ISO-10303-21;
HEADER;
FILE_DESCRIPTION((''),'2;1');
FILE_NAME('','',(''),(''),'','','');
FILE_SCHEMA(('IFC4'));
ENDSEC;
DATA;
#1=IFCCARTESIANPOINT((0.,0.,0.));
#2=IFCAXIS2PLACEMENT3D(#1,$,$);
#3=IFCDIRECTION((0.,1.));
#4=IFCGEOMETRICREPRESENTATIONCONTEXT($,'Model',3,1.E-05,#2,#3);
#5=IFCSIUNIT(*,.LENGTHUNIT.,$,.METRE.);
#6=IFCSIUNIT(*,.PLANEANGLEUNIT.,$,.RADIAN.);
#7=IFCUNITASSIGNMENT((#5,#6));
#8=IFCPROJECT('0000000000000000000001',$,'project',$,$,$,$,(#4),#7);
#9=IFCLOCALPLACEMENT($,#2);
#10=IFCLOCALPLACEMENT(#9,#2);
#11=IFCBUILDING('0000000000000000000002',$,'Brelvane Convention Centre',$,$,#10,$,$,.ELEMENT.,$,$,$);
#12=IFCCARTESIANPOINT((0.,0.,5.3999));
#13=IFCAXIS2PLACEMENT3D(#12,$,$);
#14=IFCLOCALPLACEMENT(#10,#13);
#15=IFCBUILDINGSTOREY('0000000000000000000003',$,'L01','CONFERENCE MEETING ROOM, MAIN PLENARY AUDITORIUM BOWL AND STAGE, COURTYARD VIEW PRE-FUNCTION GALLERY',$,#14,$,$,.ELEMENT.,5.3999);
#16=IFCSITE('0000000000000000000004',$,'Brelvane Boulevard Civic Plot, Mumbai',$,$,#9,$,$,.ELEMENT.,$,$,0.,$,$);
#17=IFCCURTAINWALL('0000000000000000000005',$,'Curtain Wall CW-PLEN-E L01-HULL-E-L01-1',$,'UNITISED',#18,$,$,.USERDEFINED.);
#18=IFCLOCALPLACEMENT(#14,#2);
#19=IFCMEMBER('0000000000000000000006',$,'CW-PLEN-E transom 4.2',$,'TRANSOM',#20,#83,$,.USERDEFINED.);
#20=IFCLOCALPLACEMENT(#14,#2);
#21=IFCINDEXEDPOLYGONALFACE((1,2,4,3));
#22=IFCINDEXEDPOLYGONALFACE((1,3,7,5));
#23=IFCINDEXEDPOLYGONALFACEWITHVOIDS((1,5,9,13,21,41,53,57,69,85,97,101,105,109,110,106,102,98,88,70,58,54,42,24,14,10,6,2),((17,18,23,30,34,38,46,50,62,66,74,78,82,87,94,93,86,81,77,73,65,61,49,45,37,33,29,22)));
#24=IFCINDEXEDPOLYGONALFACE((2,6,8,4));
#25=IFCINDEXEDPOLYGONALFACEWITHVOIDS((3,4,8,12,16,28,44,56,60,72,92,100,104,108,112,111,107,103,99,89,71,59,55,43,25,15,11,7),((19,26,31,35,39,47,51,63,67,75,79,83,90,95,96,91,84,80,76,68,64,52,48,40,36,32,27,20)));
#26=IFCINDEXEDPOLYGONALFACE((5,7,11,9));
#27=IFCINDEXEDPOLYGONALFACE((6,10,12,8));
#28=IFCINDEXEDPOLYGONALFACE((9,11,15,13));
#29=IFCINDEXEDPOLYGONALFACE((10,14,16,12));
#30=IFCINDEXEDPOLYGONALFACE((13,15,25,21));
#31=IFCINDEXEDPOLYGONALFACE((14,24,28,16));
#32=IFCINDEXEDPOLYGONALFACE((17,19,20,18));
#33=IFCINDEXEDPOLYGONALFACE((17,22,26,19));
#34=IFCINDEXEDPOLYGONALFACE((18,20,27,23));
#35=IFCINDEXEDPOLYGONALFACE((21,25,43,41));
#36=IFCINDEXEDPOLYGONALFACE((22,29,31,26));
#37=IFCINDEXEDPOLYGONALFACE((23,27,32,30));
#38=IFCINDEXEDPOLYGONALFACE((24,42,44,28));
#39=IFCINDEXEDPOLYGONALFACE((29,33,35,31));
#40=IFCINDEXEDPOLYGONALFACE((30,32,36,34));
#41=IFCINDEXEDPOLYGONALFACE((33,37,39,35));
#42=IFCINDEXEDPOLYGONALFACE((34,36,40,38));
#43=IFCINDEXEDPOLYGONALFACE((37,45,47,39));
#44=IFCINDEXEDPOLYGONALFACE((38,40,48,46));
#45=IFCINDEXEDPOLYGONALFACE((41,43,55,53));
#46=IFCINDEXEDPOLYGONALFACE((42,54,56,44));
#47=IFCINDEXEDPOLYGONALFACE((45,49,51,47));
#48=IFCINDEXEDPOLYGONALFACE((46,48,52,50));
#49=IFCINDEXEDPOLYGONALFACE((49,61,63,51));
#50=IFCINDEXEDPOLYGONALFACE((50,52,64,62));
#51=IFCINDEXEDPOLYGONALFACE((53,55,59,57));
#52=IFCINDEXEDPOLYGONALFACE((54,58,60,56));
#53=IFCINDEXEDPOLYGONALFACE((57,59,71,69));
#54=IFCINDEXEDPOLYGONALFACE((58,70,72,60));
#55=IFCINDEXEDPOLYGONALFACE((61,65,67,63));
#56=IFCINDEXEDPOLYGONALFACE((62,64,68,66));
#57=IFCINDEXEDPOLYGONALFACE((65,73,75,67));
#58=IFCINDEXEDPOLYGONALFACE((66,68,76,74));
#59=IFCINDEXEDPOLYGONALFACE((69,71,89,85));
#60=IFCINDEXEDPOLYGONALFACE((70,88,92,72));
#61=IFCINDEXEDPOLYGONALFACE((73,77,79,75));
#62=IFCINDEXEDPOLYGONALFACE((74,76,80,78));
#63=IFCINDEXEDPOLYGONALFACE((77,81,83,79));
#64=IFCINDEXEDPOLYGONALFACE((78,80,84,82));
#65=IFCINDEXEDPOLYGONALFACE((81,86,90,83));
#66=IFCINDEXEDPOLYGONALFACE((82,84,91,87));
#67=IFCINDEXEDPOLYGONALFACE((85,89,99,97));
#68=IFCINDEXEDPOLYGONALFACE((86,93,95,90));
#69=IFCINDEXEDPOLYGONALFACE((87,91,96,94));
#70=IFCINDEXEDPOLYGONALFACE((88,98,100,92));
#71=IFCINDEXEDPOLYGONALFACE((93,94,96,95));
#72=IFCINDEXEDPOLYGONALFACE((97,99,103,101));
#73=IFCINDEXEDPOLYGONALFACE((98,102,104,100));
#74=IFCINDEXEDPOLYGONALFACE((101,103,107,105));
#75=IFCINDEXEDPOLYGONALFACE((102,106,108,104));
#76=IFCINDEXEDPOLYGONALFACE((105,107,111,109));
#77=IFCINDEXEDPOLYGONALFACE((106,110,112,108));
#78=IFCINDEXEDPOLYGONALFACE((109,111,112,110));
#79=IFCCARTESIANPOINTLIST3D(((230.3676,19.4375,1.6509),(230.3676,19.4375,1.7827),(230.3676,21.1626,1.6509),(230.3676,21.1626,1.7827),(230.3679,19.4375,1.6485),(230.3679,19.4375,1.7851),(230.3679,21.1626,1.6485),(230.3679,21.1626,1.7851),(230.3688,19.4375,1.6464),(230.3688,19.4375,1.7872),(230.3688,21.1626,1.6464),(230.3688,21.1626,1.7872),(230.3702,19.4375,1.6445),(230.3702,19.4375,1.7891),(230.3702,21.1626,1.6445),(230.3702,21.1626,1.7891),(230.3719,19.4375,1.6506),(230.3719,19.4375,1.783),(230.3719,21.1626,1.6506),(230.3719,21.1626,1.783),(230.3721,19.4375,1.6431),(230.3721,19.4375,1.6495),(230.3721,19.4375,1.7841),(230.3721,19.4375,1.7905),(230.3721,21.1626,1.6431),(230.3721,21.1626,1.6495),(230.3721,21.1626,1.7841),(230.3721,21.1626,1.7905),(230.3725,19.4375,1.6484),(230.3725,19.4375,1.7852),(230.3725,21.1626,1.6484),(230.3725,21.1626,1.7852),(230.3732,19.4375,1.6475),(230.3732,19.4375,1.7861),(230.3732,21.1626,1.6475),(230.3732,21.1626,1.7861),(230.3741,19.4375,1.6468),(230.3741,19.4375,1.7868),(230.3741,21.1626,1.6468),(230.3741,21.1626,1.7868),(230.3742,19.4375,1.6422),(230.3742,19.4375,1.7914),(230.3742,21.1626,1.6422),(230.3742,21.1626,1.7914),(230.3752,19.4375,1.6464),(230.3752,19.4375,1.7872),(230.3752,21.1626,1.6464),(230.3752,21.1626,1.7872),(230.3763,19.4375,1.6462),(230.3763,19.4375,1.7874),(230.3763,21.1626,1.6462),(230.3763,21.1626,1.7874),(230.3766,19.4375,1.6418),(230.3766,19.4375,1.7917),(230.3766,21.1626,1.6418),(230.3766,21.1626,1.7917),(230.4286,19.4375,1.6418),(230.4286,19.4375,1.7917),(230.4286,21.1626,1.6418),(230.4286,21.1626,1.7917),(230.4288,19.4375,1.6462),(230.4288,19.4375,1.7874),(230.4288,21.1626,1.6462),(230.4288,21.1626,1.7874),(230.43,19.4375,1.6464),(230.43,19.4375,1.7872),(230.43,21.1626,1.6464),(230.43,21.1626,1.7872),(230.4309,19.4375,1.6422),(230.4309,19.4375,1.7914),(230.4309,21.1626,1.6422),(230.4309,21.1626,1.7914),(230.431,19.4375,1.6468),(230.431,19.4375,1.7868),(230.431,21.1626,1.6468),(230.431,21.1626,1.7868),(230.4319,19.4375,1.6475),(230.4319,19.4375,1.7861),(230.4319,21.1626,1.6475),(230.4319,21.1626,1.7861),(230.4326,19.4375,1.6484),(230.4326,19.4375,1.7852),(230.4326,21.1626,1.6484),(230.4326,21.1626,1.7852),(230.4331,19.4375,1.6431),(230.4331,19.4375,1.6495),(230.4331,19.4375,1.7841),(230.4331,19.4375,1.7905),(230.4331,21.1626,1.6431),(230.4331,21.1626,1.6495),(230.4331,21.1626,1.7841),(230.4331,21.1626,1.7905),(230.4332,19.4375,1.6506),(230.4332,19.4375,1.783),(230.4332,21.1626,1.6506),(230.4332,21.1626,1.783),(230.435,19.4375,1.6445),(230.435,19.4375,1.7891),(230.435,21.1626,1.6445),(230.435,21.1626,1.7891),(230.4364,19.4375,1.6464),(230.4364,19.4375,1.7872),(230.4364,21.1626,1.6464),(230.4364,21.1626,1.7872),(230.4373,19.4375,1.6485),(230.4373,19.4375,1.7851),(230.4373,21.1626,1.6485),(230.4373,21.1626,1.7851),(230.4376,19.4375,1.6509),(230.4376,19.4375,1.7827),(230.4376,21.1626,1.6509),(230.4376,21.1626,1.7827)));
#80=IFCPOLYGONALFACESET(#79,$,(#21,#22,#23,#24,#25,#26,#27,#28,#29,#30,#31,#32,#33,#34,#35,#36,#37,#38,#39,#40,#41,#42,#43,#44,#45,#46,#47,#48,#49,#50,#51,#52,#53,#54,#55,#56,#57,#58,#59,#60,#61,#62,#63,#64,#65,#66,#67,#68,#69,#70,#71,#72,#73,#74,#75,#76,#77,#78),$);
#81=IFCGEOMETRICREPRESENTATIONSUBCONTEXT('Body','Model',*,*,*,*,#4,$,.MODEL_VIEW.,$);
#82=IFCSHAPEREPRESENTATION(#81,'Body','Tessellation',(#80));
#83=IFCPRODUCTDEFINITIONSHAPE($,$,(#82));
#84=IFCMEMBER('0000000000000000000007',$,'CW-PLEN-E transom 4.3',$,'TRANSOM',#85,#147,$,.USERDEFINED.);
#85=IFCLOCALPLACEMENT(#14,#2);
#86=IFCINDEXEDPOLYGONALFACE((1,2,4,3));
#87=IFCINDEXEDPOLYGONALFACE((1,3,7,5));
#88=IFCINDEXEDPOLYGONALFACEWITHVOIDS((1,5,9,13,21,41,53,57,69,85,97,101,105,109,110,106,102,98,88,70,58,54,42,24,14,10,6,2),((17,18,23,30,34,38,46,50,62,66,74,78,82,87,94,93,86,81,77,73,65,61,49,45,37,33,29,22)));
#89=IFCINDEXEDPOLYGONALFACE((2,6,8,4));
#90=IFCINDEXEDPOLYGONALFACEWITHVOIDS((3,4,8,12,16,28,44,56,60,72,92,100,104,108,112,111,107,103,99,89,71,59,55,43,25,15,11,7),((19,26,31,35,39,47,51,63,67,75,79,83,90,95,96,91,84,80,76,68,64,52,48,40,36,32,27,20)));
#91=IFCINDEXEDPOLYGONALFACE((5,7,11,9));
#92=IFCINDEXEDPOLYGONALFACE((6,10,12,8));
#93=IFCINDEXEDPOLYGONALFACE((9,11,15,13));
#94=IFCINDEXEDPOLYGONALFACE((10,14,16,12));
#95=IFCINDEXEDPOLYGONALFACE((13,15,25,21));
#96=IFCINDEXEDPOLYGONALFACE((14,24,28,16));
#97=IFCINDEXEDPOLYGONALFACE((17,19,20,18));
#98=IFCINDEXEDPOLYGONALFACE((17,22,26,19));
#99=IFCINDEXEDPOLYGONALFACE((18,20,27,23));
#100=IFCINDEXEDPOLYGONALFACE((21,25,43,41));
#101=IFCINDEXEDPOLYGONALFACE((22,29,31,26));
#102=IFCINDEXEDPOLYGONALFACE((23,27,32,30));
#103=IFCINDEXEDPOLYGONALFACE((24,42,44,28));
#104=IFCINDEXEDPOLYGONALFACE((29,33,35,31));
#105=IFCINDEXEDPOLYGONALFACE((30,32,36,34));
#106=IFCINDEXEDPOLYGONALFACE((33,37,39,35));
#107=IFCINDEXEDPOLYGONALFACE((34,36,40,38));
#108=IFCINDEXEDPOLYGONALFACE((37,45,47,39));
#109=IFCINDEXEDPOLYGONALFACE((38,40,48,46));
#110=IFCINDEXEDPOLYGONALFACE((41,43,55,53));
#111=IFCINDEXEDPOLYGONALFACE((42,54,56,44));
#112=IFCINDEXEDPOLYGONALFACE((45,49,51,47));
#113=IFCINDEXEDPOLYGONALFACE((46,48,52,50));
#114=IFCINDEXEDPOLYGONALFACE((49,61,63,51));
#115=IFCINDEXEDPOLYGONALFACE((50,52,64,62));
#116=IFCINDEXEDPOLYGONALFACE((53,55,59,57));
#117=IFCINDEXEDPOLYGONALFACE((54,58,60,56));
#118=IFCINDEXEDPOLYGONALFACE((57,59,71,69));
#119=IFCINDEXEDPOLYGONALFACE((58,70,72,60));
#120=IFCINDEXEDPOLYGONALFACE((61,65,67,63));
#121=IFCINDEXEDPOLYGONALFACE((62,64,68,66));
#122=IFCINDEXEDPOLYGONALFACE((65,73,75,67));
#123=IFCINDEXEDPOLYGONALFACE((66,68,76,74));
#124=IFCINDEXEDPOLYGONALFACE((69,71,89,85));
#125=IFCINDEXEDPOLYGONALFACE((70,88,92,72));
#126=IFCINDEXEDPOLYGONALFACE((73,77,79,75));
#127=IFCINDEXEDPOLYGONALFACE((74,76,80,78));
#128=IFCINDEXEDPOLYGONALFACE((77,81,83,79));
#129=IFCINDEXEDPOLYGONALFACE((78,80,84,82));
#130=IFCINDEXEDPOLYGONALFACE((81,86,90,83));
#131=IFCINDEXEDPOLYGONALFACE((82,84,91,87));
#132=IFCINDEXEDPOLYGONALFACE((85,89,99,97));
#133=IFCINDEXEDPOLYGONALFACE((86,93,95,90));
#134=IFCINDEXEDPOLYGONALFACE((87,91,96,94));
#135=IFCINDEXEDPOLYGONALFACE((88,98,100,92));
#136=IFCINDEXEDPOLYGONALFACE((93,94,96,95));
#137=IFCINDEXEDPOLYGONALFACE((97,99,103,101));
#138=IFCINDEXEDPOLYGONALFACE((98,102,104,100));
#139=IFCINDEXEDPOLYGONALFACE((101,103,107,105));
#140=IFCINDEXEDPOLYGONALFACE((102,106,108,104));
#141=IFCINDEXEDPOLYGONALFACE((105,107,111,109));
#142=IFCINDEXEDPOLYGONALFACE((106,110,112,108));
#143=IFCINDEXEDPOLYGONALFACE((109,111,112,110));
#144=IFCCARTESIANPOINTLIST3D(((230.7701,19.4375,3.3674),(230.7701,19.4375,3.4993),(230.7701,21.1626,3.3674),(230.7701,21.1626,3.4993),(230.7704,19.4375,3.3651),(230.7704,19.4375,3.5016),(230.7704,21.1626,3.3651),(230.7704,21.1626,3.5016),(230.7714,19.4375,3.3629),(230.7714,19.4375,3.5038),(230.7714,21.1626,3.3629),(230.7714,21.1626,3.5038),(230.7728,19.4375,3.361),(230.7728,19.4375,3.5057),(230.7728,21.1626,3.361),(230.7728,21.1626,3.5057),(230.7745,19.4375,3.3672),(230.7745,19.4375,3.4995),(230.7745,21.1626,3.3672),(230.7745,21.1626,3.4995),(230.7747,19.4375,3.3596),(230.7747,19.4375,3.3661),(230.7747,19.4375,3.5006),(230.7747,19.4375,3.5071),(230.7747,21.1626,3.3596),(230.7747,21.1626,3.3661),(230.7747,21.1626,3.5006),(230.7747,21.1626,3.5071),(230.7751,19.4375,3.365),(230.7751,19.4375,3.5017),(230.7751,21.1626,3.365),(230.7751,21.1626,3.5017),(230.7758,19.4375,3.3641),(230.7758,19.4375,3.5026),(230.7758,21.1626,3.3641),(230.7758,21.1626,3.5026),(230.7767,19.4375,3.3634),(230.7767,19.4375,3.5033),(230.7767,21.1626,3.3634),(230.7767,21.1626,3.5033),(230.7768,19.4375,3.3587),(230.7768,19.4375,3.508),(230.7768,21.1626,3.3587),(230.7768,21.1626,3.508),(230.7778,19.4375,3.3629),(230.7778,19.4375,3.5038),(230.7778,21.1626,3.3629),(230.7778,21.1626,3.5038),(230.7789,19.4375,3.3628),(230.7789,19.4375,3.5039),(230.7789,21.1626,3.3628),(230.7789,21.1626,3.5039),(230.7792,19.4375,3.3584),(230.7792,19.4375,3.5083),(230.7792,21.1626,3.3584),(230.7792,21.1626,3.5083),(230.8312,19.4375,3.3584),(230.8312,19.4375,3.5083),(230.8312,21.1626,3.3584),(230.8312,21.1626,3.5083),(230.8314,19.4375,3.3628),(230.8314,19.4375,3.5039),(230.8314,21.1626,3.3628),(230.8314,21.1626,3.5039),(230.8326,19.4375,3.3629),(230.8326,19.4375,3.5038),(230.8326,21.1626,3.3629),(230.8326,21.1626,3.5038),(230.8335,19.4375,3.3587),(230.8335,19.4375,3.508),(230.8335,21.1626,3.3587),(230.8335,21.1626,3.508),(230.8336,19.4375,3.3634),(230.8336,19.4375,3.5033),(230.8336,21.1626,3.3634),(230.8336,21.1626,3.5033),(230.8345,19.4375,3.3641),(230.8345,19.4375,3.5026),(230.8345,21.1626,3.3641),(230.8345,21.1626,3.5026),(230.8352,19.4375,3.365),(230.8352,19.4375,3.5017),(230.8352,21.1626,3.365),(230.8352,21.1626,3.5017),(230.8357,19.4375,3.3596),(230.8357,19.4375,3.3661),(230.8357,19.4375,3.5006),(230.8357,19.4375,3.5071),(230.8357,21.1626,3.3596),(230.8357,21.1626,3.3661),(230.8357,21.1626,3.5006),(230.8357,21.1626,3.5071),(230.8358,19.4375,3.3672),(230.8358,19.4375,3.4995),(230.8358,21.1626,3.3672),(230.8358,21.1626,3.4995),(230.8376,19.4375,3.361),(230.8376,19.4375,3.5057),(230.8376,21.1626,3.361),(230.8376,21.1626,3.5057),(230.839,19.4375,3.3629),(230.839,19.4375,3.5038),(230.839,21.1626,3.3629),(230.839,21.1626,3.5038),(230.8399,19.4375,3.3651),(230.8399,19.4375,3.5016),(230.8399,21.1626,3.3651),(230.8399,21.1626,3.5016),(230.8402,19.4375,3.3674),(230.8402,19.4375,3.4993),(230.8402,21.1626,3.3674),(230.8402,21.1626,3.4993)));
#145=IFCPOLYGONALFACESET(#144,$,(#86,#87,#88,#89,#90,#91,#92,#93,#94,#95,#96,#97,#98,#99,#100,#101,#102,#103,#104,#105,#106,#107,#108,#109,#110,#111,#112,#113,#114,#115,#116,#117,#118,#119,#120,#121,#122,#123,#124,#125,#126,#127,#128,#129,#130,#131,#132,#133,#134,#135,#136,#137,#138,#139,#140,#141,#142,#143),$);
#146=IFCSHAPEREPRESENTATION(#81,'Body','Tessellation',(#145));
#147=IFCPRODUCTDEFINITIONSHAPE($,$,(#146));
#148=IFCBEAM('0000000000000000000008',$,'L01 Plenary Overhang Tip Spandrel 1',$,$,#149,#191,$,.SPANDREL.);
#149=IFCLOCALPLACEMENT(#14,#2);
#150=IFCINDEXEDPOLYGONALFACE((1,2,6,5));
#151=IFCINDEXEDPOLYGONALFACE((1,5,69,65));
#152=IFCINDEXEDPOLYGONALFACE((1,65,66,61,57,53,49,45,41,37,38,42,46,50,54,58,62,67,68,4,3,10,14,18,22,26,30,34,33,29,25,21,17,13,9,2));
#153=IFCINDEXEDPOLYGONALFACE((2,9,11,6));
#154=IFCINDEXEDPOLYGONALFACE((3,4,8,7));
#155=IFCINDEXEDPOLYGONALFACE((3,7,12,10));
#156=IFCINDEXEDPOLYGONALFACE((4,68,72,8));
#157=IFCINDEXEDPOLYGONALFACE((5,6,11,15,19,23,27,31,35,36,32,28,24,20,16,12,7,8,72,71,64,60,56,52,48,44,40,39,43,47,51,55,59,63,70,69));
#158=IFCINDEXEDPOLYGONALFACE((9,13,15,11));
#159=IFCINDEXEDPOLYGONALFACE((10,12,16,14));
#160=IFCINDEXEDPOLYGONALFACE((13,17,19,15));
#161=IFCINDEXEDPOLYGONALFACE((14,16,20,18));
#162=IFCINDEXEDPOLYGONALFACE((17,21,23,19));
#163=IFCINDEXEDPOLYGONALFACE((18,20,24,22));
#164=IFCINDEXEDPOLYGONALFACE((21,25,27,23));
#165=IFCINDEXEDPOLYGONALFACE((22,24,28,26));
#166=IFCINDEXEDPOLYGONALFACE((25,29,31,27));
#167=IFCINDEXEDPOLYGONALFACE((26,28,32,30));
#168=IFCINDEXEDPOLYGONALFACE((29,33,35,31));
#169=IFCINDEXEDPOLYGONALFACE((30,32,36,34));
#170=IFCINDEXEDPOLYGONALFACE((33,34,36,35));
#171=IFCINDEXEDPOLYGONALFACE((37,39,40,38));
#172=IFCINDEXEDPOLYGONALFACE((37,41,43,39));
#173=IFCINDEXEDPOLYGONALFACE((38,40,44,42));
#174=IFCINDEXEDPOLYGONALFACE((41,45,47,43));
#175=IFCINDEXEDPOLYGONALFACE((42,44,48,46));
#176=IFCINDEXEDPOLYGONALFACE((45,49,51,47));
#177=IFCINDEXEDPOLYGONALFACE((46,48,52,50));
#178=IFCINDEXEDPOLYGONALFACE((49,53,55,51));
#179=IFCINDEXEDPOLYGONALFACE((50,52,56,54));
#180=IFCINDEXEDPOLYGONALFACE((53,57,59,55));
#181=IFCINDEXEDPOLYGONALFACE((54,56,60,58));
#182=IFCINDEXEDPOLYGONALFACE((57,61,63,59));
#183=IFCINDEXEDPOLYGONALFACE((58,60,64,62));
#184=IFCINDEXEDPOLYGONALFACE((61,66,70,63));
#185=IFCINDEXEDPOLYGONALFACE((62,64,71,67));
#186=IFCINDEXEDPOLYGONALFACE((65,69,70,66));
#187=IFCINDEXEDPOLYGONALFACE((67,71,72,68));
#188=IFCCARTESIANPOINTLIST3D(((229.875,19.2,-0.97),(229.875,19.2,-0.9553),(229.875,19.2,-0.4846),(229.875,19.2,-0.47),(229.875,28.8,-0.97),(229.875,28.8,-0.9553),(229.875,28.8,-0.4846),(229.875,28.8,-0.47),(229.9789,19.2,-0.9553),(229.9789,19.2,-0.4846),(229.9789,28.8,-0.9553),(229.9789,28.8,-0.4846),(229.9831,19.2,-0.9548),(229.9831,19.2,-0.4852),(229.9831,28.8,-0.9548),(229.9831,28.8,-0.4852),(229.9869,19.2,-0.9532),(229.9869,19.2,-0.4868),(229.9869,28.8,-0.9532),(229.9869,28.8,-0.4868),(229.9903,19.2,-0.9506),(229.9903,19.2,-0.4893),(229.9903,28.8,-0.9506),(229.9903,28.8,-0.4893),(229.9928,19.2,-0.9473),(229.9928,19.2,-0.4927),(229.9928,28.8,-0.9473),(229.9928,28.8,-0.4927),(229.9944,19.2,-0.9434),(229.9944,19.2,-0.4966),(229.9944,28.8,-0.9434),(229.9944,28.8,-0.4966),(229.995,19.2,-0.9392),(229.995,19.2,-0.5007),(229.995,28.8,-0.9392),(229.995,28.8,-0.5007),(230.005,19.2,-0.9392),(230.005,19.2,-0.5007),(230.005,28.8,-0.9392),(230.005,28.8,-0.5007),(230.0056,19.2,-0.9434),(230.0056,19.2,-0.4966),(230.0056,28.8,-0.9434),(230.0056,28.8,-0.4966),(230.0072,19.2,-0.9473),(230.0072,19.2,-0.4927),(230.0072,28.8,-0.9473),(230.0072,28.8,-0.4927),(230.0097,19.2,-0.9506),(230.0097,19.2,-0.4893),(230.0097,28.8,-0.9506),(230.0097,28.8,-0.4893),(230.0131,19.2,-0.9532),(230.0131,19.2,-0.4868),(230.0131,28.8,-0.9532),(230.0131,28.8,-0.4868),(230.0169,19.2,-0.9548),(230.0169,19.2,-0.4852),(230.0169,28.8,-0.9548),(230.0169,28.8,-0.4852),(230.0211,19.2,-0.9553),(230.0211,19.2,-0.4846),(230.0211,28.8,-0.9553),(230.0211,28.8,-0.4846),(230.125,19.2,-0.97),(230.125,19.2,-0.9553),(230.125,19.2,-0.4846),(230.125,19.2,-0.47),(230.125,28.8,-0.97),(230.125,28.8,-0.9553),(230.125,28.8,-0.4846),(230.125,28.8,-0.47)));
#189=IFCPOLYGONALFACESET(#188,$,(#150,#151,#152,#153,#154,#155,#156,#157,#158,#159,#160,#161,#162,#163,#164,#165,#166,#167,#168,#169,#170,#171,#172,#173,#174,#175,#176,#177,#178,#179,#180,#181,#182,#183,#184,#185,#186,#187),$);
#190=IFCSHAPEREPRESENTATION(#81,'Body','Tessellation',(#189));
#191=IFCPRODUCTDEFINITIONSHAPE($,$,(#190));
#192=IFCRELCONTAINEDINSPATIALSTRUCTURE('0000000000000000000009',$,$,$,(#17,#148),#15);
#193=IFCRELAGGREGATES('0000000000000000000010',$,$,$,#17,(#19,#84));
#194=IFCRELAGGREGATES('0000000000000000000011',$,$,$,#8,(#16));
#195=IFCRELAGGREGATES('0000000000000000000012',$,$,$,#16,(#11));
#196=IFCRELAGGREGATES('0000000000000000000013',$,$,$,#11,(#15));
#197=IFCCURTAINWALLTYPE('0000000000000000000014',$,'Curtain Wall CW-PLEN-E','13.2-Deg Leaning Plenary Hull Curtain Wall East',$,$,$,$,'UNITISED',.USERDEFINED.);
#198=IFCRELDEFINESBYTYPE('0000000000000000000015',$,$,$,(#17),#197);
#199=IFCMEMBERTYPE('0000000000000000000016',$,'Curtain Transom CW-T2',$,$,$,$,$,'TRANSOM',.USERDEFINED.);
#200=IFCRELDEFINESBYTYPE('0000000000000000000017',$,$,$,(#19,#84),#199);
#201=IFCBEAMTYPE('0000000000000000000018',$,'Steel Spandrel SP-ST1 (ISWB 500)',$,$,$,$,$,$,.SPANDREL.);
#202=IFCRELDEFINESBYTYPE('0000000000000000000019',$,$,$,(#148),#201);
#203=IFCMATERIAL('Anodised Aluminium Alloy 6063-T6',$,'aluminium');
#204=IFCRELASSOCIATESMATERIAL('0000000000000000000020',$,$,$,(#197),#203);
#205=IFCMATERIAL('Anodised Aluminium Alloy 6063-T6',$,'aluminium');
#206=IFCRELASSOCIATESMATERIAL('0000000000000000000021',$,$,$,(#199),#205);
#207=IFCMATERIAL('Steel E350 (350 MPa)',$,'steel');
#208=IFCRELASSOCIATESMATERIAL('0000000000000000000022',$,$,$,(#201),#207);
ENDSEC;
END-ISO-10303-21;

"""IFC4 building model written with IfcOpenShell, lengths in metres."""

from ifc_helpers import new_model, si_unit, direction, frame, origin, origin_2d, place, context, subcontext, project, spatial, hollow_rectangle, i_section, extrude, material, material_profile, profile_set, type_object, element, aggregate, save


model = new_model("IFC4")

# Units and contexts
model_context = context("Model", 3, precision=1e-05, world=origin(), true_north=direction((0.0, 1.0)))
body_context = subcontext(model_context, "Body", "Model", "MODEL_VIEW")
ifc_project = project(units=[si_unit("LENGTHUNIT", "METRE"), si_unit("PLANEANGLEUNIT", "RADIAN")], contexts=[model_context])

# Site, building, storey
site_placement = place(None, origin())
site = spatial("IfcSite", under=ifc_project, at=site_placement, Name="Brelvane Boulevard Civic Plot, Mumbai", CompositionType="ELEMENT", RefElevation=0.0)
building_placement = place(site_placement, origin())
building = spatial("IfcBuilding", under=site, at=building_placement, Name="Brelvane Convention Centre", CompositionType="ELEMENT")
storey_placement = place(building_placement, frame((0.0, 0.0, 5.3999)))
storey = spatial("IfcBuildingStorey", under=building, at=storey_placement, Name="L01", Description="CONFERENCE MEETING ROOM, MAIN PLENARY AUDITORIUM BOWL AND STAGE, COURTYARD VIEW PRE-FUNCTION GALLERY", CompositionType="ELEMENT", Elevation=5.3999)

# Curtain wall, members
ifc_material_1 = material(Name="Anodised Aluminium Alloy 6063-T6", Category="aluminium")
curtain_wall_type = type_object("IfcCurtainWallType", Name="Curtain Wall CW-PLEN-E", Description="13.2-Deg Leaning Plenary Hull Curtain Wall East", ElementType="UNITISED", PredefinedType="USERDEFINED", material=ifc_material_1)
curtain_wall_placement = place(storey_placement, origin())
curtain_wall = element("IfcCurtainWall", 1, at=curtain_wall_placement, inside=storey, type_object=curtain_wall_type, Name="Curtain Wall CW-PLEN-E L01-HULL-E-L01-1", ObjectType="UNITISED", PredefinedType="USERDEFINED")
ifc_material_2 = material(Name="Anodised Aluminium Alloy 6063-T6", Category="aluminium")
ifc_material_profile_1 = material_profile(ifc_material_2, hollow_rectangle(XDim=0.0701, YDim=0.1499, WallThickness=0.0044, InnerFilletRadius=0.0044, OuterFilletRadius=0.009, at=origin_2d()), Name="ALU-T 150x70x4.5")
ifc_profile_set_1 = profile_set([ifc_material_profile_1], Name="Anodised Aluminium Alloy 6063-T6")
member_type_1 = type_object("IfcMemberType", Name="Curtain Transom CW-T2", ElementType="TRANSOM", PredefinedType="USERDEFINED", material=ifc_profile_set_1)
member_1_placement = place(storey_placement, frame((230.4026, 19.4375, 1.7168), z_axis=(0.0, 1.0, 0.0), x_axis=(-1.0, 0.0, 0.0)))
member_1 = element("IfcMember", 2, at=member_1_placement, type_object=member_type_1, Name="CW-PLEN-E transom 4.2", ObjectType="TRANSOM", PredefinedType="USERDEFINED", context=body_context, shape_type="SweptSolid", body=[
    extrude(hollow_rectangle(XDim=0.0701, YDim=0.1499, WallThickness=0.0044, InnerFilletRadius=0.0044, OuterFilletRadius=0.009, at=origin_2d()), origin(), (0.0, 0.0, 1.0), 1.7251),
])
member_2_placement = place(storey_placement, frame((230.8052, 19.4375, 3.4333), z_axis=(0.0, 1.0, 0.0), x_axis=(-1.0, 0.0, 0.0)))
member_2 = element("IfcMember", 3, at=member_2_placement, type_object=member_type_1, Name="CW-PLEN-E transom 4.3", ObjectType="TRANSOM", PredefinedType="USERDEFINED", context=body_context, shape_type="SweptSolid", body=[
    extrude(hollow_rectangle(XDim=0.0701, YDim=0.1499, WallThickness=0.0044, InnerFilletRadius=0.0044, OuterFilletRadius=0.009, at=origin_2d()), origin(), (0.0, 0.0, 1.0), 1.7251),
])

# Beam
ifc_material_3 = material(Name="Steel E350 (350 MPa)", Category="steel")
ifc_material_profile_2 = material_profile(ifc_material_3, i_section(OverallWidth=0.25, OverallDepth=0.5, WebThickness=0.01, FlangeThickness=0.0146, FilletRadius=0.0161, at=origin_2d()), Name="ISWB 500")
ifc_profile_set_2 = profile_set([ifc_material_profile_2], Name="Steel E350 (350 MPa)")
beam_type = type_object("IfcBeamType", Name="Steel Spandrel SP-ST1 (ISWB 500)", PredefinedType="SPANDREL", material=ifc_profile_set_2)
beam_placement = place(storey_placement, frame((230.0, 19.2, -0.72), z_axis=(0.0, 1.0, 0.0), x_axis=(-1.0, 0.0, 0.0)))
element("IfcBeam", 4, at=beam_placement, inside=storey, type_object=beam_type, Name="L01 Plenary Overhang Tip Spandrel 1", PredefinedType="SPANDREL", context=body_context, shape_type="SweptSolid", body=[
    extrude(i_section(OverallWidth=0.25, OverallDepth=0.5, WebThickness=0.01, FlangeThickness=0.0146, FilletRadius=0.0161, at=origin_2d()), origin(), (0.0, 0.0, 1.0), 9.6001),
])

aggregate(curtain_wall, [member_1, member_2])

save(model, "model.ifc")
